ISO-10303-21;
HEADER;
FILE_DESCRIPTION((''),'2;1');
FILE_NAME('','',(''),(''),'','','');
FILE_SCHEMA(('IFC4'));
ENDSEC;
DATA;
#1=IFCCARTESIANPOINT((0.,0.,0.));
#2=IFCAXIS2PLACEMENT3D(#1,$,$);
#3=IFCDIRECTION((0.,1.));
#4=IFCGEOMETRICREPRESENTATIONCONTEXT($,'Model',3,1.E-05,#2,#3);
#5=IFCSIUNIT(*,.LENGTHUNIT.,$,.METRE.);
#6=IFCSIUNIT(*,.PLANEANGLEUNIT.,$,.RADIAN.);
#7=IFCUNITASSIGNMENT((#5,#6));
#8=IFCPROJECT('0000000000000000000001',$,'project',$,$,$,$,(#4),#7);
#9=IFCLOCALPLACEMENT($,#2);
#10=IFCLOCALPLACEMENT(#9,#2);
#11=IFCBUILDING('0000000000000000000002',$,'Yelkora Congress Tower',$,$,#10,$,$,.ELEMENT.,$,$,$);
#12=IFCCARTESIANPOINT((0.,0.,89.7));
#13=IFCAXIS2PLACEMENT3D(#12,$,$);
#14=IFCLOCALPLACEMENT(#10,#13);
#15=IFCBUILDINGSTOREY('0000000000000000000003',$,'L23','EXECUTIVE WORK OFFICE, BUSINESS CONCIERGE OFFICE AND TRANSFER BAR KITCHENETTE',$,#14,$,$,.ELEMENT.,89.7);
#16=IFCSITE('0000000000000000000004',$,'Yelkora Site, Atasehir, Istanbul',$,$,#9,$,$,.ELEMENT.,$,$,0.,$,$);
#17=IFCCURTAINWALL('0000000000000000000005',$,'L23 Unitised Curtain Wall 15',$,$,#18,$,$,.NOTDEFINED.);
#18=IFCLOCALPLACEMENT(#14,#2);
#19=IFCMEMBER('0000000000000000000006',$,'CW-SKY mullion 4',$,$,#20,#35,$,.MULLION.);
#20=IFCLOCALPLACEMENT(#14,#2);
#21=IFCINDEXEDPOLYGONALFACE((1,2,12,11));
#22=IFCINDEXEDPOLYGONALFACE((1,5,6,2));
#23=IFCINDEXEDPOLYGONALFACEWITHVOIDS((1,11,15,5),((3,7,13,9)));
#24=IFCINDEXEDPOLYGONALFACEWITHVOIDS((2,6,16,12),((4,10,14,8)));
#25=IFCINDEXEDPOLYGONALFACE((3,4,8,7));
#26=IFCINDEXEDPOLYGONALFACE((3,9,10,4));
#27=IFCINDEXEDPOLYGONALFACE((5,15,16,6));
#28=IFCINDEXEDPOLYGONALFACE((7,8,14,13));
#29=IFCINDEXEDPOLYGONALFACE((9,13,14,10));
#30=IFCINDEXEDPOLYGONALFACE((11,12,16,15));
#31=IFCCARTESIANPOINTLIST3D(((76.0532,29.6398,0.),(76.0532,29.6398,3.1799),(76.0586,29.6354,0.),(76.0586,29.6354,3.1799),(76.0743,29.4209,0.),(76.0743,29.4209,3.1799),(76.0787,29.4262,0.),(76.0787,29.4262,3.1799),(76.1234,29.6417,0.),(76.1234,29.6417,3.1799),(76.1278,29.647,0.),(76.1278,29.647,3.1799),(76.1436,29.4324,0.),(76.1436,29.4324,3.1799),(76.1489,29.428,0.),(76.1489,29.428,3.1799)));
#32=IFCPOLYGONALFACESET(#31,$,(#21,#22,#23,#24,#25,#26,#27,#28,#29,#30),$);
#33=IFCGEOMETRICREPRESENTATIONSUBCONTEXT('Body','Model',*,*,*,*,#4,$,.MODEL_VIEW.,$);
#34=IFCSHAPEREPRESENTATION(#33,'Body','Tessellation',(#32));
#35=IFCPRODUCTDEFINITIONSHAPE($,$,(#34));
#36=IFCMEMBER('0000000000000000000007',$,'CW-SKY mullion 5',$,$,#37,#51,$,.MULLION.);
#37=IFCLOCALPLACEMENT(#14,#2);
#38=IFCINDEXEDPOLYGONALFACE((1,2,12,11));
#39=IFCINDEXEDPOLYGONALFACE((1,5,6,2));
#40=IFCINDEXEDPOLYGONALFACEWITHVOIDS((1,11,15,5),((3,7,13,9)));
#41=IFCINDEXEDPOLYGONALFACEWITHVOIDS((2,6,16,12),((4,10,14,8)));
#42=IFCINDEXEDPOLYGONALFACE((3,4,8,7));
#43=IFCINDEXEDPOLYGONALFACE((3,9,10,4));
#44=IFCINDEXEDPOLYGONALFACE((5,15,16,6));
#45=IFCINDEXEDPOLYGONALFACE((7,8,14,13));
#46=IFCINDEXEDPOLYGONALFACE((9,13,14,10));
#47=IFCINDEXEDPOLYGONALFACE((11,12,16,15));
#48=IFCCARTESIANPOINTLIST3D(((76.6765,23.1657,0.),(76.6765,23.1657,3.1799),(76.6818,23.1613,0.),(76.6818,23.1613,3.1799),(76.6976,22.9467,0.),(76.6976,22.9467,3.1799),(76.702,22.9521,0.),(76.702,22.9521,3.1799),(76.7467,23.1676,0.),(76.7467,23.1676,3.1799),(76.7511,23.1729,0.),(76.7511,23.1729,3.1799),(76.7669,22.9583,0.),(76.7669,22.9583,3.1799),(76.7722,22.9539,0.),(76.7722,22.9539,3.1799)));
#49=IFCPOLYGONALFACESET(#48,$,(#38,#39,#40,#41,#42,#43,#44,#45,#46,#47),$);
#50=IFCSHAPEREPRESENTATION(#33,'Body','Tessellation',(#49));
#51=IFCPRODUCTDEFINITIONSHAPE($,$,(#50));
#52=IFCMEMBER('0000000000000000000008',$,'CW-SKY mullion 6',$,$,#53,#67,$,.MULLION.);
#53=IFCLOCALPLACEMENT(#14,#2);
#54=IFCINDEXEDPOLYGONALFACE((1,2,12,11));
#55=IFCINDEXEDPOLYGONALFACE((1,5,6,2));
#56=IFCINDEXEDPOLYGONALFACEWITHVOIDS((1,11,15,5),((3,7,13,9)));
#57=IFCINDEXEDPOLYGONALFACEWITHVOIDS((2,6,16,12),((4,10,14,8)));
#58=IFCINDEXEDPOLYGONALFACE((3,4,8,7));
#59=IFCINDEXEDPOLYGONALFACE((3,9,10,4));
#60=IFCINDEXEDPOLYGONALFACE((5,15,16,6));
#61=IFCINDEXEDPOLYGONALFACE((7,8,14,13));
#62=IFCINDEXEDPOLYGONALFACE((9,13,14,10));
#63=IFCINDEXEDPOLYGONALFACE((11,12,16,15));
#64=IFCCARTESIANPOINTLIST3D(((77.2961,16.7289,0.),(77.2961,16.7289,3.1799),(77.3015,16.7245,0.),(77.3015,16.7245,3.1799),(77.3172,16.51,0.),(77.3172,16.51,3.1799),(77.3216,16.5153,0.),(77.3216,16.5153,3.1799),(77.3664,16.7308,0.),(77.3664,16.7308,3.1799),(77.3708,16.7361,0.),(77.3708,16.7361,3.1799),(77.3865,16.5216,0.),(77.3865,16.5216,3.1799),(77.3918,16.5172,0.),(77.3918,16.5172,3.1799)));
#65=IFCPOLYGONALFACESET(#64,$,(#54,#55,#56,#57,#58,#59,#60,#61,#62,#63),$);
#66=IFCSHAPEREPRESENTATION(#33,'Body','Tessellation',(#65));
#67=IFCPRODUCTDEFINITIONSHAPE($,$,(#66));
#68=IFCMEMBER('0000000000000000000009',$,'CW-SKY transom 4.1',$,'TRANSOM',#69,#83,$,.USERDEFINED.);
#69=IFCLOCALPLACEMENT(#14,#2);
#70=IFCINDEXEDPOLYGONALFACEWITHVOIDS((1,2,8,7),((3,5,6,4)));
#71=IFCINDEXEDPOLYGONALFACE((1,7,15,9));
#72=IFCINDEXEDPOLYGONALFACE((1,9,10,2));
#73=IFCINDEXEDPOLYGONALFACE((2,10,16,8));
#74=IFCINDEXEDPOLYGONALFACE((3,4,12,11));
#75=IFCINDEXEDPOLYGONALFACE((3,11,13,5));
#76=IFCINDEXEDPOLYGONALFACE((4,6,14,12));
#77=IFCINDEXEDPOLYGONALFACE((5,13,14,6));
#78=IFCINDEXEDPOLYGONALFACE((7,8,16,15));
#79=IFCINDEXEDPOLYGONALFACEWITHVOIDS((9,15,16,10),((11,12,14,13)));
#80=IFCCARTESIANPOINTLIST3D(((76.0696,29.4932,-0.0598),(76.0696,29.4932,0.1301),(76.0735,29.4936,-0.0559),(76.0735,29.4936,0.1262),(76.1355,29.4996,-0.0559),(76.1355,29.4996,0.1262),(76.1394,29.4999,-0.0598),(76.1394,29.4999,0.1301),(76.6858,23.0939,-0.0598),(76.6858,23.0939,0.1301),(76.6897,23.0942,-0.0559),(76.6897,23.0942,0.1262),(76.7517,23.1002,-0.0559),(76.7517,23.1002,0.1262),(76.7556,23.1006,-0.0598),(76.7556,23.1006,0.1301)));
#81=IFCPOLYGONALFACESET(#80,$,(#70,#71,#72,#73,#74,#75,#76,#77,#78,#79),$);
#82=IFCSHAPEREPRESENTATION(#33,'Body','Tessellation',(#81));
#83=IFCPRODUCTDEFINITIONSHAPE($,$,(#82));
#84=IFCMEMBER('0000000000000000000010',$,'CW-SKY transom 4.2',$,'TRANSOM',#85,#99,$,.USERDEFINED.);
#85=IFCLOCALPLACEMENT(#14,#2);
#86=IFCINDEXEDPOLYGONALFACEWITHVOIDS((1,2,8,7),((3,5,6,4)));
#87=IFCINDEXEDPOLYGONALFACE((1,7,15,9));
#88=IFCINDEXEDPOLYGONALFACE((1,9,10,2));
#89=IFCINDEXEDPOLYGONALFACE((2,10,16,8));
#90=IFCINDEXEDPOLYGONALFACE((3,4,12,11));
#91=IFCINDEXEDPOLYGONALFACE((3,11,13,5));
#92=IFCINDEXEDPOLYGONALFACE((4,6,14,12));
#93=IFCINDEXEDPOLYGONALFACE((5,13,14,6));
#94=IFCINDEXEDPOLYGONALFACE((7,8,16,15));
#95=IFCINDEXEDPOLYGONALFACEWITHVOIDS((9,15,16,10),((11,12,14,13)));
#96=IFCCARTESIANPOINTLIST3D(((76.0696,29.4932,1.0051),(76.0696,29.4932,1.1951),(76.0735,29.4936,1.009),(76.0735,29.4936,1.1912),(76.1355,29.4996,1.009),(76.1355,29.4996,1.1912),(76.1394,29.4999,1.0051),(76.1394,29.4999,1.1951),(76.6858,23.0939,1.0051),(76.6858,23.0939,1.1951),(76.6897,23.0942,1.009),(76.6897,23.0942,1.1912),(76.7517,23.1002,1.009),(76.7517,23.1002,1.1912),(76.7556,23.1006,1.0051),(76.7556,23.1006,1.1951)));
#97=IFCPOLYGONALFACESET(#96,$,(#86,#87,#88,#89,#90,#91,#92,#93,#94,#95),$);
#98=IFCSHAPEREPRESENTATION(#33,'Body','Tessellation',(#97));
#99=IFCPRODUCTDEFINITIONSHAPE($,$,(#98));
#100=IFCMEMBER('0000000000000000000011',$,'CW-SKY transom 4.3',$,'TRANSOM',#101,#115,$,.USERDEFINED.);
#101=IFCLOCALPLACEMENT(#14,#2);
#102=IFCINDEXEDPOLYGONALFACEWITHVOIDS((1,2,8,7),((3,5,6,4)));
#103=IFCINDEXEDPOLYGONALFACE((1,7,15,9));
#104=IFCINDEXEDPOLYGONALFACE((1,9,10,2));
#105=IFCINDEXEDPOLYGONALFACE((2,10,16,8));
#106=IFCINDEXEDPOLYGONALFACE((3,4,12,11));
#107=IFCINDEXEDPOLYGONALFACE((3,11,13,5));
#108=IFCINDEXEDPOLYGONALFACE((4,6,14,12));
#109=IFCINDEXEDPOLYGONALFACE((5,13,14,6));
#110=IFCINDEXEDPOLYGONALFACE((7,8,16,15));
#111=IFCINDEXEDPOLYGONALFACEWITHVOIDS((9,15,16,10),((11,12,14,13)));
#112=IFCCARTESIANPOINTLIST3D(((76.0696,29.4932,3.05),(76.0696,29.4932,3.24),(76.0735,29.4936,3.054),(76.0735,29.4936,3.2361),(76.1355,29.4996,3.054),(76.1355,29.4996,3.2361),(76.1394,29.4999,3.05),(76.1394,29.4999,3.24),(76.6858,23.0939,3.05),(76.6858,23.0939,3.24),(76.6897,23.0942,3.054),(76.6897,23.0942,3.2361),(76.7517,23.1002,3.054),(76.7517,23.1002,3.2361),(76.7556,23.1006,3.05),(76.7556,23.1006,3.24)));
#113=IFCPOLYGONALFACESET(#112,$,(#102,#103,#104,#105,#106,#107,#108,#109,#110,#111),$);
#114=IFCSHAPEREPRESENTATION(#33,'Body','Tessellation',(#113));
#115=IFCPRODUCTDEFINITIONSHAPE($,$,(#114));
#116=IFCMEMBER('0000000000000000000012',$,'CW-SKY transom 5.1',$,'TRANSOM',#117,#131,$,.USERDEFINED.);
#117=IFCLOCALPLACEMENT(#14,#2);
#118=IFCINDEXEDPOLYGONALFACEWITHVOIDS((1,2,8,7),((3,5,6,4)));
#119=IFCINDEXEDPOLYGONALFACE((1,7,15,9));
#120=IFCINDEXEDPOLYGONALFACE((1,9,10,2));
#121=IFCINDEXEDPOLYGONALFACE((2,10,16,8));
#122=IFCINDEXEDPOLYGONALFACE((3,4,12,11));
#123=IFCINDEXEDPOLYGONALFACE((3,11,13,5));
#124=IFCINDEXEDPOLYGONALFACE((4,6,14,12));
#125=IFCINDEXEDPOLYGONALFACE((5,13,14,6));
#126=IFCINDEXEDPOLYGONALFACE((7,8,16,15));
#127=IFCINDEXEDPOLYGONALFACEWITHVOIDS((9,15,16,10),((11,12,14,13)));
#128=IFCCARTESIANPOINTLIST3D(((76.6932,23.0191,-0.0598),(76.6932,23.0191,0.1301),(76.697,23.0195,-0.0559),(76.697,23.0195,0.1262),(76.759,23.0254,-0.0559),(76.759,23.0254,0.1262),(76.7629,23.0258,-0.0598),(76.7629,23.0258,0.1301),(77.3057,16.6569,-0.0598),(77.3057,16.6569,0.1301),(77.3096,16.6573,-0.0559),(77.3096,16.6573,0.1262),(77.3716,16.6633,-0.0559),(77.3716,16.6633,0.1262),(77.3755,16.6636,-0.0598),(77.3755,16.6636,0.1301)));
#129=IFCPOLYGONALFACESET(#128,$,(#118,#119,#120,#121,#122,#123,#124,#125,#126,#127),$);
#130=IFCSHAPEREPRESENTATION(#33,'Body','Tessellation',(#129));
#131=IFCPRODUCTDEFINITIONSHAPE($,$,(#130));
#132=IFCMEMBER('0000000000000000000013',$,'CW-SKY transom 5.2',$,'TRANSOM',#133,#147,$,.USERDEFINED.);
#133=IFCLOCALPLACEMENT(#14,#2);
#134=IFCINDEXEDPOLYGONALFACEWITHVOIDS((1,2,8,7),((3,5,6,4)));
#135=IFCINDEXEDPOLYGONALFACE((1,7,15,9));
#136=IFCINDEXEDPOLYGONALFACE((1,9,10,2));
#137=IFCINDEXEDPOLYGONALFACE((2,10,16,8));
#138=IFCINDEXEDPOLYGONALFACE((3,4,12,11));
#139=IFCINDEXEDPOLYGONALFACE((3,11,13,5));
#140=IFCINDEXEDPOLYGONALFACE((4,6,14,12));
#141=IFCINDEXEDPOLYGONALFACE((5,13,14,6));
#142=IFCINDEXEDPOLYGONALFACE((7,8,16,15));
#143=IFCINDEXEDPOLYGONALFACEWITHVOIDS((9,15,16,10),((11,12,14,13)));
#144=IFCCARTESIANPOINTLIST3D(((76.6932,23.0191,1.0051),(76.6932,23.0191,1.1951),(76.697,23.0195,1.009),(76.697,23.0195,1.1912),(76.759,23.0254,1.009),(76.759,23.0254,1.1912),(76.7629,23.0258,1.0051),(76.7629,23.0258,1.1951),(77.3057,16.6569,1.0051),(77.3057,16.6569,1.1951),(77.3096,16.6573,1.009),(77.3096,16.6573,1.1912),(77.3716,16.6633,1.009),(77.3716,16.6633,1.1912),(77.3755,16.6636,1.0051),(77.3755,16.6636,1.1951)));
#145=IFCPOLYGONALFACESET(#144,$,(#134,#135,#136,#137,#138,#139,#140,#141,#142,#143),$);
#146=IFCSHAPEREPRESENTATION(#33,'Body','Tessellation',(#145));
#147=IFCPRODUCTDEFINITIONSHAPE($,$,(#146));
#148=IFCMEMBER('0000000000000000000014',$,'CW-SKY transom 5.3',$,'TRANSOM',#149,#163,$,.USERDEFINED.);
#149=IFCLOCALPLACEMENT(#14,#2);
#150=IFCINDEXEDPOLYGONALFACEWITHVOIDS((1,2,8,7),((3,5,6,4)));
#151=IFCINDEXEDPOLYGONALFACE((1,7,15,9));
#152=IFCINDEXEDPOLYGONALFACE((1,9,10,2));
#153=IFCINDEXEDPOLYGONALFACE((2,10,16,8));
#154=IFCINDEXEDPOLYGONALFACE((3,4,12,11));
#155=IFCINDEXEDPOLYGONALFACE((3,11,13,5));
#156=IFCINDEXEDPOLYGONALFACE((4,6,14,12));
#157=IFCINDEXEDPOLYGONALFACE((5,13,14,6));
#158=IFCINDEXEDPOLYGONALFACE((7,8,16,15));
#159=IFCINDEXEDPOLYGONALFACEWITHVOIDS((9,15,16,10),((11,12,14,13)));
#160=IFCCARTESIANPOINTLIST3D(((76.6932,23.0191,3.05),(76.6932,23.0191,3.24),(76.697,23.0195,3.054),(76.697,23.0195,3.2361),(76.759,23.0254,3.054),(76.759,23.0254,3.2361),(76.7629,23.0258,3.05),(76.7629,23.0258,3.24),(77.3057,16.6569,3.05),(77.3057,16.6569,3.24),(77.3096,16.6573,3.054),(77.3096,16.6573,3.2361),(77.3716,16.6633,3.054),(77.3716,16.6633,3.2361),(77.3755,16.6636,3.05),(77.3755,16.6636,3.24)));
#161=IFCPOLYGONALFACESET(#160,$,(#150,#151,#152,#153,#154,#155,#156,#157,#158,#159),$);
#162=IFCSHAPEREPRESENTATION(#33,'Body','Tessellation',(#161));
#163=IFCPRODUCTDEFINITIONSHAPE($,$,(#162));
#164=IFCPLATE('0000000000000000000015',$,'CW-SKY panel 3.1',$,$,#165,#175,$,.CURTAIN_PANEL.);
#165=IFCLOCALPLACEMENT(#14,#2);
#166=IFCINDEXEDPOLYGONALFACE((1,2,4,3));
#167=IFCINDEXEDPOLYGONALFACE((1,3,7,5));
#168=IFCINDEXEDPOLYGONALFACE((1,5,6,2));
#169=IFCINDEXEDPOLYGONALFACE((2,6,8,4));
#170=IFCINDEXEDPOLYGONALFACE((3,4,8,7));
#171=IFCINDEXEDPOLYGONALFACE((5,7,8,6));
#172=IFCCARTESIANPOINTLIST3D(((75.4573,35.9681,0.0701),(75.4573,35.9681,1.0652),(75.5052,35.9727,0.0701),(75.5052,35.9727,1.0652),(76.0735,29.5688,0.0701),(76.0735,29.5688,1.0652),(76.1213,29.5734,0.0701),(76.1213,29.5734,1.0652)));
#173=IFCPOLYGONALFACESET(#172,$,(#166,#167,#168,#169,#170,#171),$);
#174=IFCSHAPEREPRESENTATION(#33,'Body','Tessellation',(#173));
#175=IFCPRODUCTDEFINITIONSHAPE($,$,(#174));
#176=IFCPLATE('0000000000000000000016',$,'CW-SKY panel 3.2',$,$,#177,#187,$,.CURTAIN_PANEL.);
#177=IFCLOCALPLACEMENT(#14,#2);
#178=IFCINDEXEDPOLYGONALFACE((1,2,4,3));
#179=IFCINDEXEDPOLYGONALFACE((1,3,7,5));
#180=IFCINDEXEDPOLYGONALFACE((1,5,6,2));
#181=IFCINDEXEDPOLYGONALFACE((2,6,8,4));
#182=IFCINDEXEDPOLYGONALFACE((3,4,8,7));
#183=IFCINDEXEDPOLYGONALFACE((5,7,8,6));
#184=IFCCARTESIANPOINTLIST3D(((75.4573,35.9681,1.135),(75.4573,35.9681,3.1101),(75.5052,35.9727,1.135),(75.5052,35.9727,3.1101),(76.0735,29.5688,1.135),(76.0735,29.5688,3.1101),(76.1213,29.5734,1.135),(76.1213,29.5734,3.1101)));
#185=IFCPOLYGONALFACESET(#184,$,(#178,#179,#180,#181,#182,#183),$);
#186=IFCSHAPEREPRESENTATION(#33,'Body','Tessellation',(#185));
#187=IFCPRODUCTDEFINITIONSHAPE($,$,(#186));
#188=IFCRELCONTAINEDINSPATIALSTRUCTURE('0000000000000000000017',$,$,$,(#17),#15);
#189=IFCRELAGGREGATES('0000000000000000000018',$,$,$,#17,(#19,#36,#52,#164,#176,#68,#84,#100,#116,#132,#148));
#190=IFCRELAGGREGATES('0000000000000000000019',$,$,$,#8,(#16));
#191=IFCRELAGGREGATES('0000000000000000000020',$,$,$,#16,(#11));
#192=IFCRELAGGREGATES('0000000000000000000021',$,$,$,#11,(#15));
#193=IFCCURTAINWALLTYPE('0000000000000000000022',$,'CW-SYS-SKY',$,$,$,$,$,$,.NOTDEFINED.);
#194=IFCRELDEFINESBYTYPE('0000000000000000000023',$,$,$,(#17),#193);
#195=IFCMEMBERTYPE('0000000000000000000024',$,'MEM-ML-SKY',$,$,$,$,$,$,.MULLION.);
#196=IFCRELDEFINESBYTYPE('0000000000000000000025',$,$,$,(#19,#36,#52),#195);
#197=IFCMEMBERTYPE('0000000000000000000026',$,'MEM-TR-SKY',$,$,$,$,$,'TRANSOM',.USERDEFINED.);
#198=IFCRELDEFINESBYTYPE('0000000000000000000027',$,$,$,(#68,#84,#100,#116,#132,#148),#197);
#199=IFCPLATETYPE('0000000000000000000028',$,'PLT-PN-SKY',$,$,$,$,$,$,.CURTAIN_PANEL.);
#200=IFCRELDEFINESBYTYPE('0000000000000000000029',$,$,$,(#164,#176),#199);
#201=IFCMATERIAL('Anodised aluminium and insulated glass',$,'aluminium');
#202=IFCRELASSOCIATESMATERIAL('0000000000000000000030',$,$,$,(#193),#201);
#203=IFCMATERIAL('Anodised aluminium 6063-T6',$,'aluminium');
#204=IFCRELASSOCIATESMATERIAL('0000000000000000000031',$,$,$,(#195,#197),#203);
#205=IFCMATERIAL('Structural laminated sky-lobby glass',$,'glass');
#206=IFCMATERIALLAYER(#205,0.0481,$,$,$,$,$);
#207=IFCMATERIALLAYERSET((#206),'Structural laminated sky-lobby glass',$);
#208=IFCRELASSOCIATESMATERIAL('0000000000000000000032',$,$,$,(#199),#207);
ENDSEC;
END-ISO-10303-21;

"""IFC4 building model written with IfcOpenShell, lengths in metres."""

from ifc_helpers import new_model, si_unit, direction, frame, origin, origin_2d, place, context, subcontext, project, spatial, rectangle, hollow_rectangle, extrude, material, layer, layer_set, material_profile, profile_set, type_object, element, aggregate, save


model = new_model("IFC4")

# Units and contexts
model_context = context("Model", 3, precision=1e-05, world=origin(), true_north=direction((0.0, 1.0)))
body_context = subcontext(model_context, "Body", "Model", "MODEL_VIEW")
ifc_project = project(units=[si_unit("LENGTHUNIT", "METRE"), si_unit("PLANEANGLEUNIT", "RADIAN")], contexts=[model_context])

# Site, building, storey
site_placement = place(None, origin())
site = spatial("IfcSite", under=ifc_project, at=site_placement, Name="Yelkora Site, Atasehir, Istanbul", CompositionType="ELEMENT", RefElevation=0.0)
building_placement = place(site_placement, origin())
building = spatial("IfcBuilding", under=site, at=building_placement, Name="Yelkora Congress Tower", CompositionType="ELEMENT")
storey_placement = place(building_placement, frame((0.0, 0.0, 89.7)))
storey = spatial("IfcBuildingStorey", under=building, at=storey_placement, Name="L23", Description="EXECUTIVE WORK OFFICE, BUSINESS CONCIERGE OFFICE AND TRANSFER BAR KITCHENETTE", CompositionType="ELEMENT", Elevation=89.7)

# Curtain wall, members, plates
ifc_material_1 = material(Name="Anodised aluminium and insulated glass", Category="aluminium")
curtain_wall_type = type_object("IfcCurtainWallType", Name="CW-SYS-SKY", PredefinedType="NOTDEFINED", material=ifc_material_1)
curtain_wall_placement = place(storey_placement, origin())
curtain_wall = element("IfcCurtainWall", 1, at=curtain_wall_placement, inside=storey, type_object=curtain_wall_type, Name="L23 Unitised Curtain Wall 15", PredefinedType="NOTDEFINED")
ifc_material_2 = material(Name="Anodised aluminium 6063-T6", Category="aluminium")
ifc_material_profile_1 = material_profile(ifc_material_2, hollow_rectangle(XDim=0.075, YDim=0.22, WallThickness=0.0049, at=origin_2d()), Name="ALU 75x220x5")
ifc_profile_set_1 = profile_set([ifc_material_profile_1], Name="Anodised aluminium 6063-T6")
member_type_1 = type_object("IfcMemberType", Name="MEM-ML-SKY", PredefinedType="MULLION", material=ifc_profile_set_1)
member_1_placement = place(storey_placement, frame((76.1011, 29.5339, 0.0), z_axis=(0.0, 0.0, 1.0), x_axis=(0.995397, 0.095843, 0.0)))
member_1 = element("IfcMember", 2, at=member_1_placement, type_object=member_type_1, Name="CW-SKY mullion 4", PredefinedType="MULLION", context=body_context, shape_type="SweptSolid", body=[
    extrude(hollow_rectangle(XDim=0.075, YDim=0.22, WallThickness=0.0049, at=origin_2d()), origin(), (0.0, 0.0, 1.0), 3.1799),
])
member_2_placement = place(storey_placement, frame((76.7244, 23.0598, 0.0), z_axis=(0.0, 0.0, 1.0), x_axis=(0.995397, 0.095843, 0.0)))
member_2 = element("IfcMember", 3, at=member_2_placement, type_object=member_type_1, Name="CW-SKY mullion 5", PredefinedType="MULLION", context=body_context, shape_type="SweptSolid", body=[
    extrude(hollow_rectangle(XDim=0.075, YDim=0.22, WallThickness=0.0049, at=origin_2d()), origin(), (0.0, 0.0, 1.0), 3.1799),
])
member_3_placement = place(storey_placement, frame((77.344, 16.623, 0.0), z_axis=(0.0, 0.0, 1.0), x_axis=(0.995397, 0.095843, 0.0)))
member_3 = element("IfcMember", 4, at=member_3_placement, type_object=member_type_1, Name="CW-SKY mullion 6", PredefinedType="MULLION", context=body_context, shape_type="SweptSolid", body=[
    extrude(hollow_rectangle(XDim=0.075, YDim=0.22, WallThickness=0.0049, at=origin_2d()), origin(), (0.0, 0.0, 1.0), 3.1799),
])
ifc_material_profile_2 = material_profile(ifc_material_2, hollow_rectangle(XDim=0.0701, YDim=0.1899, WallThickness=0.0039, at=origin_2d()), Name="ALU 70x190x4")
ifc_profile_set_2 = profile_set([ifc_material_profile_2], Name="Anodised aluminium 6063-T6")
member_type_2 = type_object("IfcMemberType", Name="MEM-TR-SKY", ElementType="TRANSOM", PredefinedType="USERDEFINED", material=ifc_profile_set_2)
member_4_placement = place(storey_placement, frame((76.1045, 29.4966, 0.0352), z_axis=(0.095848, -0.995396, 0.0), x_axis=(0.995396, 0.095848, 0.0)))
member_4 = element("IfcMember", 5, at=member_4_placement, type_object=member_type_2, Name="CW-SKY transom 4.1", ObjectType="TRANSOM", PredefinedType="USERDEFINED", context=body_context, shape_type="SweptSolid", body=[
    extrude(hollow_rectangle(XDim=0.0701, YDim=0.1899, WallThickness=0.0039, at=origin_2d()), origin(), (0.0, 0.0, 1.0), 6.429),
])
member_5_placement = place(storey_placement, frame((76.1045, 29.4966, 1.1001), z_axis=(0.095848, -0.995396, 0.0), x_axis=(0.995396, 0.095848, 0.0)))
member_5 = element("IfcMember", 6, at=member_5_placement, type_object=member_type_2, Name="CW-SKY transom 4.2", ObjectType="TRANSOM", PredefinedType="USERDEFINED", context=body_context, shape_type="SweptSolid", body=[
    extrude(hollow_rectangle(XDim=0.0701, YDim=0.1899, WallThickness=0.0039, at=origin_2d()), origin(), (0.0, 0.0, 1.0), 6.429),
])
member_6_placement = place(storey_placement, frame((76.1045, 29.4966, 3.145), z_axis=(0.095848, -0.995396, 0.0), x_axis=(0.995396, 0.095848, 0.0)))
member_6 = element("IfcMember", 7, at=member_6_placement, type_object=member_type_2, Name="CW-SKY transom 4.3", ObjectType="TRANSOM", PredefinedType="USERDEFINED", context=body_context, shape_type="SweptSolid", body=[
    extrude(hollow_rectangle(XDim=0.0701, YDim=0.1899, WallThickness=0.0039, at=origin_2d()), origin(), (0.0, 0.0, 1.0), 6.429),
])
member_7_placement = place(storey_placement, frame((76.728, 23.0225, 0.0352), z_axis=(0.095838, -0.995397, 0.0), x_axis=(0.995397, 0.095838, 0.0)))
member_7 = element("IfcMember", 8, at=member_7_placement, type_object=member_type_2, Name="CW-SKY transom 5.1", ObjectType="TRANSOM", PredefinedType="USERDEFINED", context=body_context, shape_type="SweptSolid", body=[
    extrude(hollow_rectangle(XDim=0.0701, YDim=0.1899, WallThickness=0.0039, at=origin_2d()), origin(), (0.0, 0.0, 1.0), 6.3916),
])
member_8_placement = place(storey_placement, frame((76.728, 23.0225, 1.1001), z_axis=(0.095838, -0.995397, 0.0), x_axis=(0.995397, 0.095838, 0.0)))
member_8 = element("IfcMember", 9, at=member_8_placement, type_object=member_type_2, Name="CW-SKY transom 5.2", ObjectType="TRANSOM", PredefinedType="USERDEFINED", context=body_context, shape_type="SweptSolid", body=[
    extrude(hollow_rectangle(XDim=0.0701, YDim=0.1899, WallThickness=0.0039, at=origin_2d()), origin(), (0.0, 0.0, 1.0), 6.3916),
])
member_9_placement = place(storey_placement, frame((76.728, 23.0225, 3.145), z_axis=(0.095838, -0.995397, 0.0), x_axis=(0.995397, 0.095838, 0.0)))
member_9 = element("IfcMember", 10, at=member_9_placement, type_object=member_type_2, Name="CW-SKY transom 5.3", ObjectType="TRANSOM", PredefinedType="USERDEFINED", context=body_context, shape_type="SweptSolid", body=[
    extrude(hollow_rectangle(XDim=0.0701, YDim=0.1899, WallThickness=0.0039, at=origin_2d()), origin(), (0.0, 0.0, 1.0), 6.3916),
])
ifc_material_3 = material(Name="Structural laminated sky-lobby glass", Category="glass")
ifc_layer_1 = layer(ifc_material_3, 0.0481)
ifc_layer_set_1 = layer_set([ifc_layer_1], Name="Structural laminated sky-lobby glass")
plate_type = type_object("IfcPlateType", Name="PLT-PN-SKY", PredefinedType="CURTAIN_PANEL", material=ifc_layer_set_1)
plate_1_placement = place(storey_placement, frame((75.7893, 32.7708, 0.0701), z_axis=(0.0, 0.0, 1.0), x_axis=(0.095843, -0.995397, 0.0)))
plate_1 = element("IfcPlate", 11, at=plate_1_placement, type_object=plate_type, Name="CW-SKY panel 3.1", PredefinedType="CURTAIN_PANEL", context=body_context, shape_type="SweptSolid", body=[
    extrude(rectangle(XDim=6.429, YDim=0.0481, at=origin_2d()), origin(), (0.0, 0.0, 1.0), 0.9951),
])
plate_2_placement = place(storey_placement, frame((75.7893, 32.7708, 1.135), z_axis=(0.0, 0.0, 1.0), x_axis=(0.095843, -0.995397, 0.0)))
plate_2 = element("IfcPlate", 12, at=plate_2_placement, type_object=plate_type, Name="CW-SKY panel 3.2", PredefinedType="CURTAIN_PANEL", context=body_context, shape_type="SweptSolid", body=[
    extrude(rectangle(XDim=6.429, YDim=0.0481, at=origin_2d()), origin(), (0.0, 0.0, 1.0), 1.9751),
])
aggregate(curtain_wall, [member_1, member_2, member_3, plate_1, plate_2, member_4, member_5, member_6, member_7, member_8, member_9])

save(model, "model.ifc")
